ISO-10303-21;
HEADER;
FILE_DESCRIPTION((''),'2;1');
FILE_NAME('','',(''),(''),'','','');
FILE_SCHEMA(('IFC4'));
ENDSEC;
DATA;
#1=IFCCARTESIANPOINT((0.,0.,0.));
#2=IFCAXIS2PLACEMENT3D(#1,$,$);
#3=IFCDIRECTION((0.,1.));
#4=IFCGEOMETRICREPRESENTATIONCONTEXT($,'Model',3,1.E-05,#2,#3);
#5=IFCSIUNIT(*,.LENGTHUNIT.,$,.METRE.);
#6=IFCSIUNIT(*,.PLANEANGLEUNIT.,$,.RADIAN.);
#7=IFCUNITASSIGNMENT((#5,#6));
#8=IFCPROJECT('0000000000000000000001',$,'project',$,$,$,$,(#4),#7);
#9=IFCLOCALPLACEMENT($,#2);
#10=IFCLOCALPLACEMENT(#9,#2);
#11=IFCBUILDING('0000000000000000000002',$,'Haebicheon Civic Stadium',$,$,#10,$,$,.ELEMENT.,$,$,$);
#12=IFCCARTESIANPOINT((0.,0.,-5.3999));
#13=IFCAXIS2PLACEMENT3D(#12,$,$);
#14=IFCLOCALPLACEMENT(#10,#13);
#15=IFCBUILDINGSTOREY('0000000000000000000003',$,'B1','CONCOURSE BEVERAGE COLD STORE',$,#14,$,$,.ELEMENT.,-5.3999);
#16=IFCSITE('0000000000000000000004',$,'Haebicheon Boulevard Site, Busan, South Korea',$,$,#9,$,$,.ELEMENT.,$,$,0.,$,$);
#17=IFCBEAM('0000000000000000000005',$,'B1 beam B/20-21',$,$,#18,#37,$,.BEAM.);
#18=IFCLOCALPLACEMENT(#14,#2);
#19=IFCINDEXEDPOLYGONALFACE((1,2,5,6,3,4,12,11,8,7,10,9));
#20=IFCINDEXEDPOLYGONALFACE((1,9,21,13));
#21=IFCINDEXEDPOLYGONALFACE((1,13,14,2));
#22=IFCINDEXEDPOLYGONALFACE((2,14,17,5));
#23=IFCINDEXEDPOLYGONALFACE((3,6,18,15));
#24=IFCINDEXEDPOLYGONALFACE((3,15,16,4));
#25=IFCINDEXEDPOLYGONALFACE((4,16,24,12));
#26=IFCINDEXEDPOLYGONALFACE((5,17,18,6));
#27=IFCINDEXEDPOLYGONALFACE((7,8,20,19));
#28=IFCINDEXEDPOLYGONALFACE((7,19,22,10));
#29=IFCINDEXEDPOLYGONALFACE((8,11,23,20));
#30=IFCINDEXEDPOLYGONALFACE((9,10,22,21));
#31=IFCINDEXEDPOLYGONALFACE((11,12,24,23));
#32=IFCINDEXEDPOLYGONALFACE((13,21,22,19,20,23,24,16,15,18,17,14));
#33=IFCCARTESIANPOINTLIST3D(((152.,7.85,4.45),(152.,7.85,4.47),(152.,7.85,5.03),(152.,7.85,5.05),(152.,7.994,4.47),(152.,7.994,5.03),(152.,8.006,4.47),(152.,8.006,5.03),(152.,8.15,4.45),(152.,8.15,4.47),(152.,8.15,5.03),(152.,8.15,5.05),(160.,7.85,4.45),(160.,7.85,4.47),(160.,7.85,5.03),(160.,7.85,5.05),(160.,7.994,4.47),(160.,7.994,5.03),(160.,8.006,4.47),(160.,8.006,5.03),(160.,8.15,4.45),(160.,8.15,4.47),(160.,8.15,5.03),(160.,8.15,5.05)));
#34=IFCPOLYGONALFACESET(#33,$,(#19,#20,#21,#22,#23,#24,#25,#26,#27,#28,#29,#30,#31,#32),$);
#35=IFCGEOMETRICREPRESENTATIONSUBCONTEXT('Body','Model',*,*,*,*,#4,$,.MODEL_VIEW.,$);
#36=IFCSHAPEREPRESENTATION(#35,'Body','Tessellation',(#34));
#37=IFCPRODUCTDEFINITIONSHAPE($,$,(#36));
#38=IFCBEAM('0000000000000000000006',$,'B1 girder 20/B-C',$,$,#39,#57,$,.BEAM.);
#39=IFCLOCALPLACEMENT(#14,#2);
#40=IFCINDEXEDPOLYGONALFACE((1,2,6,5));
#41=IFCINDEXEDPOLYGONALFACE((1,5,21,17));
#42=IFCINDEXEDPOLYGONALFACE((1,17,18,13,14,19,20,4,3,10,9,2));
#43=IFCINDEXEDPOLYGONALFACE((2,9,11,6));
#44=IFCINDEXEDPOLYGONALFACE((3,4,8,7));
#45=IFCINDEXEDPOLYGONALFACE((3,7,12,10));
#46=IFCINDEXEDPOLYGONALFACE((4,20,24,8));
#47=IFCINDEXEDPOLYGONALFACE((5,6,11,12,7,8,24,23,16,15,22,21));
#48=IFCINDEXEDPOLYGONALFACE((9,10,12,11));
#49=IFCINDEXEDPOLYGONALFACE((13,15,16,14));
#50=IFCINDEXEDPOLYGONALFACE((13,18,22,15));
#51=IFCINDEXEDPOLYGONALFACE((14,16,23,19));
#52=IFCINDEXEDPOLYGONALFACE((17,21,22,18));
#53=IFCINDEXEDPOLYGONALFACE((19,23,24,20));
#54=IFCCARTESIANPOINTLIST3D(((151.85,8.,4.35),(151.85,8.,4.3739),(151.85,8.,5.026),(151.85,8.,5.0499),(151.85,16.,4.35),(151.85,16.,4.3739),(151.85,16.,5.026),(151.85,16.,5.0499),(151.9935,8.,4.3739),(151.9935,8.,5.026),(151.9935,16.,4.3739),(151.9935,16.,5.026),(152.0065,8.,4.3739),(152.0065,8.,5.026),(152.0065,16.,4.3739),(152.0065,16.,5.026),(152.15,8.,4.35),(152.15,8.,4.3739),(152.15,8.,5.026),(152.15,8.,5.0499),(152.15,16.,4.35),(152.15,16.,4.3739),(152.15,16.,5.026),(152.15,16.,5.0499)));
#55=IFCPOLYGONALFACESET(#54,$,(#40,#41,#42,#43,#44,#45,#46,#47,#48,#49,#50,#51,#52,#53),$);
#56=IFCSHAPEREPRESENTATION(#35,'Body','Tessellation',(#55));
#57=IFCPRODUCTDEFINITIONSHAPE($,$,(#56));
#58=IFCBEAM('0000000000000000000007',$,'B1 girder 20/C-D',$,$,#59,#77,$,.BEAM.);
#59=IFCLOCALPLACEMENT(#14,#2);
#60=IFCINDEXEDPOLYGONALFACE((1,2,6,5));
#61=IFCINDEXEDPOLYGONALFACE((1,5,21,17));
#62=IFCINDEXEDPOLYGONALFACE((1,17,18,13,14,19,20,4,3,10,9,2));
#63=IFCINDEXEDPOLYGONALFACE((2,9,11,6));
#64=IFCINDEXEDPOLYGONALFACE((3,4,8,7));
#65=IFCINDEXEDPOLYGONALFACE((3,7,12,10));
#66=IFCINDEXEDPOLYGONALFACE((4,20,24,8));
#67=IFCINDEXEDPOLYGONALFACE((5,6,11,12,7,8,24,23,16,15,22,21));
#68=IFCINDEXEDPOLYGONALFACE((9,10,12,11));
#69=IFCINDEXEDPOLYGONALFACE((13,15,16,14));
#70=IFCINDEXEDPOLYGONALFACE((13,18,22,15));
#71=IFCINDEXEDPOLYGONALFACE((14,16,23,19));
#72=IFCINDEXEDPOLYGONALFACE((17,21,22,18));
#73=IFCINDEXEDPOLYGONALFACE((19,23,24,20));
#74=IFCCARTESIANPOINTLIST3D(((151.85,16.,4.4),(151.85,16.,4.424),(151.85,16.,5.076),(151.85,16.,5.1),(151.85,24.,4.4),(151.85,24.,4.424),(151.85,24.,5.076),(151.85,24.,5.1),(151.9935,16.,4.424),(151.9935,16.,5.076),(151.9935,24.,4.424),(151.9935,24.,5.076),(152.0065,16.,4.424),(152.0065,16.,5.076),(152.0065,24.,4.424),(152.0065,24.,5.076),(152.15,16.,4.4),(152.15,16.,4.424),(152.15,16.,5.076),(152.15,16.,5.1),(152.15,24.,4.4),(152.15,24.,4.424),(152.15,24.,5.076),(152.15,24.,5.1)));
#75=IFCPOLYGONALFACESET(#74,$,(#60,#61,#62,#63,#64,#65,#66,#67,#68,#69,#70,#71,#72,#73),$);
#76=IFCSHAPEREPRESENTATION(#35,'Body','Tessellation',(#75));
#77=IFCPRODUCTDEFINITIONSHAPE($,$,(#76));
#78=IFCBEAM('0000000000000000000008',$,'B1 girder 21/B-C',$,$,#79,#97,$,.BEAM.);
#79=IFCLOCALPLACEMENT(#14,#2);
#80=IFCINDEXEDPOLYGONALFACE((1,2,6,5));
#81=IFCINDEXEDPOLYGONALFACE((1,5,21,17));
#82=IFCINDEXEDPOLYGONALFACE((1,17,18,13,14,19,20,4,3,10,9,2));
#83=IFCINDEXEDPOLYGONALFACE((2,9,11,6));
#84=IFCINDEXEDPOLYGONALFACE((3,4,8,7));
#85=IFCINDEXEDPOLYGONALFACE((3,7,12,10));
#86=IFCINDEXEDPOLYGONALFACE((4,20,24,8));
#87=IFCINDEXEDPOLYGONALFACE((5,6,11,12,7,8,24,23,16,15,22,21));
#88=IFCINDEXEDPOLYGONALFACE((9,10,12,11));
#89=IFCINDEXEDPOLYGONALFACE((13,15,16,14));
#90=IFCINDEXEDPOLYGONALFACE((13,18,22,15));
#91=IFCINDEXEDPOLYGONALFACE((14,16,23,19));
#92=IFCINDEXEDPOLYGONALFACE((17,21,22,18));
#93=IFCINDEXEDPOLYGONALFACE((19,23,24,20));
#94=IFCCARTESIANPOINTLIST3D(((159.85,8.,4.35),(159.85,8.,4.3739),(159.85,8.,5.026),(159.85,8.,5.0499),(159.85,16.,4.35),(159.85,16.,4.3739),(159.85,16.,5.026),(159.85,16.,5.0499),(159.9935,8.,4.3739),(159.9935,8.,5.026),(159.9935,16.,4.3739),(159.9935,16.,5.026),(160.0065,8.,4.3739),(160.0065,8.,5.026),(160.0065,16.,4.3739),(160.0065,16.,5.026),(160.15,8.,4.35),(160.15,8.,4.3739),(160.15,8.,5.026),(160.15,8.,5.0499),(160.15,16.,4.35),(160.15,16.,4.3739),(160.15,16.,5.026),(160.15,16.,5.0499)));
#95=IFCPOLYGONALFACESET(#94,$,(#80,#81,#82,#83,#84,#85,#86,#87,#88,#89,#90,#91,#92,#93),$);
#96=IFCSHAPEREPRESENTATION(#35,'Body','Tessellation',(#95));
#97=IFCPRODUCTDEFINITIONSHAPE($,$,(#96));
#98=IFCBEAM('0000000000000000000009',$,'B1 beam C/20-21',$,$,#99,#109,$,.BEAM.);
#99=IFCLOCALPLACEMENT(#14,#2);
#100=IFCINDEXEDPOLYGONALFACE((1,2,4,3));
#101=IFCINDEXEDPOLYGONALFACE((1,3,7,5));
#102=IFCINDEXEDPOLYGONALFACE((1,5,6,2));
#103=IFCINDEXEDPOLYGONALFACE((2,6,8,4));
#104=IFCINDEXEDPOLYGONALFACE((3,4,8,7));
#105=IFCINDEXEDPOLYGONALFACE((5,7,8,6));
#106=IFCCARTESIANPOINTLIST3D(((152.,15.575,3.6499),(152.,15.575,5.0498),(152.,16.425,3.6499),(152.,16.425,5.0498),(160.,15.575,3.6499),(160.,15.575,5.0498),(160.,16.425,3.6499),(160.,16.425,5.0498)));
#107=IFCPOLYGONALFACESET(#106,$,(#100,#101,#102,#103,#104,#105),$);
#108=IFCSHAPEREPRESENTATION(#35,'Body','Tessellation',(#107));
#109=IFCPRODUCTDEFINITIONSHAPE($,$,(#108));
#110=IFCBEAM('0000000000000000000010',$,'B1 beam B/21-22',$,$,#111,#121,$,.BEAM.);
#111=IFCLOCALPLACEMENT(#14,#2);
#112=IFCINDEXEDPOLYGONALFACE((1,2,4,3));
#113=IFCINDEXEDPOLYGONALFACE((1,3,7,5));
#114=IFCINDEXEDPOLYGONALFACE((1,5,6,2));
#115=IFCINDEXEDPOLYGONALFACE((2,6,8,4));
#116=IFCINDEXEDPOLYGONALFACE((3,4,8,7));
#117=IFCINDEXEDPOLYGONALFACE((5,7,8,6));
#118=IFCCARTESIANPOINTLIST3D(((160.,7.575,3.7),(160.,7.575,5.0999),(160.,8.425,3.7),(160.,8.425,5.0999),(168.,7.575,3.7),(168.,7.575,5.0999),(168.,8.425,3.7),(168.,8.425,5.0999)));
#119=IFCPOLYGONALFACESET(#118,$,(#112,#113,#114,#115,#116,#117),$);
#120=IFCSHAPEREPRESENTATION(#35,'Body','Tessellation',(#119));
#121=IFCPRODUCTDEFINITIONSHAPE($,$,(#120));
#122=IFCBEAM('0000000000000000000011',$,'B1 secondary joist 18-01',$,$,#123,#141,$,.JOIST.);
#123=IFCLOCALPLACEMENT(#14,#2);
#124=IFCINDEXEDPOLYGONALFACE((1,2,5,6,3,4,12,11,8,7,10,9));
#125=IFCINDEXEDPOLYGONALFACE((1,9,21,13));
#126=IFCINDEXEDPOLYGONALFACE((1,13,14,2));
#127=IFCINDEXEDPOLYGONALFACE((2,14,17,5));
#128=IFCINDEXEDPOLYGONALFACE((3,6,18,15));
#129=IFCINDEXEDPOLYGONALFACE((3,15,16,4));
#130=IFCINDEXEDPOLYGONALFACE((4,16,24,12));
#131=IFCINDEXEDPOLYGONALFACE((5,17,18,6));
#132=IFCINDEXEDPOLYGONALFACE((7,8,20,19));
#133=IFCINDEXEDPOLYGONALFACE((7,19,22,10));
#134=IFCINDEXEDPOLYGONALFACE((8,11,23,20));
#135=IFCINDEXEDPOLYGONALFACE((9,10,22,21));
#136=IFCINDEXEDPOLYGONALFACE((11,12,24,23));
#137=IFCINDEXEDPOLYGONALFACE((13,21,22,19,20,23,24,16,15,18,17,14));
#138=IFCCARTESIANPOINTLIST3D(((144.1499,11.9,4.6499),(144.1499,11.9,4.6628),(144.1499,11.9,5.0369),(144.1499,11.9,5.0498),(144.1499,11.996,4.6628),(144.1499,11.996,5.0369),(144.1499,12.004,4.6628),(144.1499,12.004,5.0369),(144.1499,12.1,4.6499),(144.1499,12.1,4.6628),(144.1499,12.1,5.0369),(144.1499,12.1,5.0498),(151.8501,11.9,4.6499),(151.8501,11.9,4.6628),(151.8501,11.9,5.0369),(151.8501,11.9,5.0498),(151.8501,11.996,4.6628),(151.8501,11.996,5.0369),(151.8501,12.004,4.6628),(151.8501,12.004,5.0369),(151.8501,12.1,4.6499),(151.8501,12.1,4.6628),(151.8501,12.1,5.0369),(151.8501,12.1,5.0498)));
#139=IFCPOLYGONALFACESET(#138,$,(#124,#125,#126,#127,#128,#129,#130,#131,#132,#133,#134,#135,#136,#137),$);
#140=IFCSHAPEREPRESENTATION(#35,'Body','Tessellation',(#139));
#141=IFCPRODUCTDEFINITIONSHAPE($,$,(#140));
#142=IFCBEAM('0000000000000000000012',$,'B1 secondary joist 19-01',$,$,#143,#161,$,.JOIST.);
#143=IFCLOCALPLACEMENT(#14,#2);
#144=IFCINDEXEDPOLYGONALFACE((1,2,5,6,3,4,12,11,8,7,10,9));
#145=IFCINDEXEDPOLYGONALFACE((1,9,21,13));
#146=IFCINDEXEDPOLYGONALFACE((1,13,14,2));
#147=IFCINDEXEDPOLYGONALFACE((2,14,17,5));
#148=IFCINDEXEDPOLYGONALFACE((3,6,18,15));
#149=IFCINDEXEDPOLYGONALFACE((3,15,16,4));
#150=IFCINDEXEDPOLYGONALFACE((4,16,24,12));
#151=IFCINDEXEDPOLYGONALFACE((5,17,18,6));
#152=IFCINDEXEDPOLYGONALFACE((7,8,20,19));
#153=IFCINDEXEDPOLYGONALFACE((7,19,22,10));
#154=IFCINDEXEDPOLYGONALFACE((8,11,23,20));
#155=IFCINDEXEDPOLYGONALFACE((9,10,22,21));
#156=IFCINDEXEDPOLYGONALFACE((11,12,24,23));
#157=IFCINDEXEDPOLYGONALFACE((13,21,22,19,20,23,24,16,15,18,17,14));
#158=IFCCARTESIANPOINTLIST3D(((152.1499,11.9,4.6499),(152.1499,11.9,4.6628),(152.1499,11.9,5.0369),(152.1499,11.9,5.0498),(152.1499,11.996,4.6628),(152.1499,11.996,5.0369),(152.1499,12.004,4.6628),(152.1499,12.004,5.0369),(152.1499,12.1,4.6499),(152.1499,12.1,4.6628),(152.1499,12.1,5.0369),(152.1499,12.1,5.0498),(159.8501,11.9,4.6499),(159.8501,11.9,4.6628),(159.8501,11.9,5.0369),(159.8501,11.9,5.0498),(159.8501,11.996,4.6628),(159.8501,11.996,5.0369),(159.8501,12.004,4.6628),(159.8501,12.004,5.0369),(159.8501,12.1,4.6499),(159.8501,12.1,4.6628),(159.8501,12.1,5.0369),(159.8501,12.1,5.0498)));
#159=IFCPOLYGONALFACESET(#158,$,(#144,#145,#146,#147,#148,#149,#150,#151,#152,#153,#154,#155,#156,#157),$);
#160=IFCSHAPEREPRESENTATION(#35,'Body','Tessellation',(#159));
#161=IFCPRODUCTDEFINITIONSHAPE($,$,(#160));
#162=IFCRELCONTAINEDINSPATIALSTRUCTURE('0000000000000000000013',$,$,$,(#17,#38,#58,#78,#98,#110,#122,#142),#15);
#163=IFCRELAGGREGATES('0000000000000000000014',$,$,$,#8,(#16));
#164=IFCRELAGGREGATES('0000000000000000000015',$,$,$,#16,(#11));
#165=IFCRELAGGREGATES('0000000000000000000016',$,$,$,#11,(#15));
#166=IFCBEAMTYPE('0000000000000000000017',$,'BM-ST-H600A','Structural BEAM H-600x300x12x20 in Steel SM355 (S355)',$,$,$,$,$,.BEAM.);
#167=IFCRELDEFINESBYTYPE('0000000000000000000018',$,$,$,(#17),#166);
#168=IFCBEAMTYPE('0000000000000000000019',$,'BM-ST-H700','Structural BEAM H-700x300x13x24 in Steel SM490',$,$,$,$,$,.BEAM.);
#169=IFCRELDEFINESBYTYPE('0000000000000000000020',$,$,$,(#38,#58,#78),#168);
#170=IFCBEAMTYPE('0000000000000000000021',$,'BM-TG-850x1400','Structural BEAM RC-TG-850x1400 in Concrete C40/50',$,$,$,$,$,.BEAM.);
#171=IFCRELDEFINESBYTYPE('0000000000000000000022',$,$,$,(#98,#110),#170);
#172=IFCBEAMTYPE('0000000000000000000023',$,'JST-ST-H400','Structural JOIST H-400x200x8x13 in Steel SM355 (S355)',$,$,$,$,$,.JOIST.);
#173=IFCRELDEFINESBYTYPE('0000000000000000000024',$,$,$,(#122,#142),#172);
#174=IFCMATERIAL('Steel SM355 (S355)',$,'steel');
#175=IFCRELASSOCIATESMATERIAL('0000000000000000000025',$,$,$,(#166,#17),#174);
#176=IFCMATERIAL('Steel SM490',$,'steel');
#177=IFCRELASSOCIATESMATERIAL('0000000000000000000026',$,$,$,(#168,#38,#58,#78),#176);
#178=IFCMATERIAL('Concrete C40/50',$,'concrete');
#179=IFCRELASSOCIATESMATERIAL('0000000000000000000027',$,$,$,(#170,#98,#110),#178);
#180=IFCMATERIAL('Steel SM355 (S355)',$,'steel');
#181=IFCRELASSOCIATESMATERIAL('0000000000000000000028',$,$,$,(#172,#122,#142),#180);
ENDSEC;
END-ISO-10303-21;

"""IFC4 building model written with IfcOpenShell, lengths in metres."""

from ifc_helpers import new_model, si_unit, direction, frame, origin, origin_2d, place, context, subcontext, project, spatial, rectangle, i_section, extrude, material, material_profile, profile_set, type_object, element, save


model = new_model("IFC4")

# Units and contexts
model_context = context("Model", 3, precision=1e-05, world=origin(), true_north=direction((0.0, 1.0)))
body_context = subcontext(model_context, "Body", "Model", "MODEL_VIEW")
ifc_project = project(units=[si_unit("LENGTHUNIT", "METRE"), si_unit("PLANEANGLEUNIT", "RADIAN")], contexts=[model_context])

# Site, building, storey
site_placement = place(None, origin())
site = spatial("IfcSite", under=ifc_project, at=site_placement, Name="Haebicheon Boulevard Site, Busan, South Korea", CompositionType="ELEMENT", RefElevation=0.0)
building_placement = place(site_placement, origin())
building = spatial("IfcBuilding", under=site, at=building_placement, Name="Haebicheon Civic Stadium", CompositionType="ELEMENT")
storey_placement = place(building_placement, frame((0.0, 0.0, -5.3999)))
storey = spatial("IfcBuildingStorey", under=building, at=storey_placement, Name="B1", Description="CONCOURSE BEVERAGE COLD STORE", CompositionType="ELEMENT", Elevation=-5.3999)

# Beams
ifc_material_1 = material(Name="Steel SM355 (S355)", Category="steel")
ifc_material_profile_1 = material_profile(ifc_material_1, i_section(OverallWidth=0.3, OverallDepth=0.6001, WebThickness=0.012, FlangeThickness=0.02, at=origin_2d()), Name="H-600x300x12x20")
ifc_profile_set_1 = profile_set([ifc_material_profile_1], Name="Steel SM355 (S355)")
beam_type_1 = type_object("IfcBeamType", Name="BM-ST-H600A", Description="Structural BEAM H-600x300x12x20 in Steel SM355 (S355)", PredefinedType="BEAM", material=ifc_profile_set_1)
beam_placement = place(storey_placement, frame((152.0, 8.0, 4.75), z_axis=(1.0, 0.0, 0.0), x_axis=(0.0, 1.0, 0.0)))
element("IfcBeam", 1, at=beam_placement, inside=storey, type_object=beam_type_1, material=ifc_profile_set_1, Name="B1 beam B/20-21", PredefinedType="BEAM", context=body_context, shape_type="SweptSolid", body=[
    extrude(i_section(OverallWidth=0.3, OverallDepth=0.6001, WebThickness=0.012, FlangeThickness=0.02, at=origin_2d()), origin(), (0.0, 0.0, 1.0), 8.0),
])
ifc_material_2 = material(Name="Steel SM490", Category="steel")
ifc_material_profile_2 = material_profile(ifc_material_2, i_section(OverallWidth=0.3, OverallDepth=0.7, WebThickness=0.0129, FlangeThickness=0.0239, at=origin_2d()), Name="H-700x300x13x24")
ifc_profile_set_2 = profile_set([ifc_material_profile_2], Name="Steel SM490")
beam_type_2 = type_object("IfcBeamType", Name="BM-ST-H700", Description="Structural BEAM H-700x300x13x24 in Steel SM490", PredefinedType="BEAM", material=ifc_profile_set_2)
for number, where, z_axis, x_axis, name in (
    (2, (152.0, 8.0, 4.7), (0.0, 1.0, 0.0), (-1.0, 0.0, 0.0), "B1 girder 20/B-C"),
    (3, (152.0, 16.0, 4.75), (0.0, 1.0, 0.0), (-1.0, 0.0, 0.0), "B1 girder 20/C-D"),
    (4, (160.0, 8.0, 4.7), (0.0, 1.0, 0.0), (-1.0, 0.0, 0.0), "B1 girder 21/B-C"),
):
    element("IfcBeam", number, at=place(storey_placement, frame(where, z_axis=z_axis, x_axis=x_axis)), inside=storey, type_object=beam_type_2, material=ifc_profile_set_2, Name=name, PredefinedType="BEAM", context=body_context, shape_type="SweptSolid", body=[
        extrude(i_section(OverallWidth=0.3, OverallDepth=0.7, WebThickness=0.0129, FlangeThickness=0.0239, at=origin_2d()), origin(), (0.0, 0.0, 1.0), 8.0),
    ])
ifc_material_3 = material(Name="Concrete C40/50", Category="concrete")
ifc_material_profile_3 = material_profile(ifc_material_3, rectangle(XDim=0.8501, YDim=1.3999, at=origin_2d()), Name="RC-TG-850x1400")
ifc_profile_set_3 = profile_set([ifc_material_profile_3], Name="Concrete C40/50")
beam_type_3 = type_object("IfcBeamType", Name="BM-TG-850x1400", Description="Structural BEAM RC-TG-850x1400 in Concrete C40/50", PredefinedType="BEAM", material=ifc_profile_set_3)
for number, where, z_axis, x_axis, name in (
    (5, (152.0, 16.0, 4.3499), (1.0, 0.0, 0.0), (0.0, 1.0, 0.0), "B1 beam C/20-21"),
    (6, (160.0, 8.0, 4.3999), (1.0, 0.0, 0.0), (0.0, 1.0, 0.0), "B1 beam B/21-22"),
):
    element("IfcBeam", number, at=place(storey_placement, frame(where, z_axis=z_axis, x_axis=x_axis)), inside=storey, type_object=beam_type_3, material=ifc_profile_set_3, Name=name, PredefinedType="BEAM", context=body_context, shape_type="SweptSolid", body=[
        extrude(rectangle(XDim=0.8501, YDim=1.3999, at=origin_2d()), origin(), (0.0, 0.0, 1.0), 8.0),
    ])
ifc_material_4 = material(Name="Steel SM355 (S355)", Category="steel")
ifc_material_profile_4 = material_profile(ifc_material_4, i_section(OverallWidth=0.2, OverallDepth=0.3999, WebThickness=0.0081, FlangeThickness=0.0129, at=origin_2d()), Name="H-400x200x8x13")
ifc_profile_set_4 = profile_set([ifc_material_profile_4], Name="Steel SM355 (S355)")
beam_type_4 = type_object("IfcBeamType", Name="JST-ST-H400", Description="Structural JOIST H-400x200x8x13 in Steel SM355 (S355)", PredefinedType="JOIST", material=ifc_profile_set_4)
for number, where, z_axis, x_axis, name in (
    (7, (144.1499, 12.0, 4.8499), (1.0, 0.0, 0.0), (0.0, 1.0, 0.0), "B1 secondary joist 18-01"),
    (8, (152.1499, 12.0, 4.8499), (1.0, 0.0, 0.0), (0.0, 1.0, 0.0), "B1 secondary joist 19-01"),
):
    element("IfcBeam", number, at=place(storey_placement, frame(where, z_axis=z_axis, x_axis=x_axis)), inside=storey, type_object=beam_type_4, material=ifc_profile_set_4, Name=name, PredefinedType="JOIST", context=body_context, shape_type="SweptSolid", body=[
        extrude(i_section(OverallWidth=0.2, OverallDepth=0.3999, WebThickness=0.0081, FlangeThickness=0.0129, at=origin_2d()), origin(), (0.0, 0.0, 1.0), 7.7002),
    ])

save(model, "model.ifc")
